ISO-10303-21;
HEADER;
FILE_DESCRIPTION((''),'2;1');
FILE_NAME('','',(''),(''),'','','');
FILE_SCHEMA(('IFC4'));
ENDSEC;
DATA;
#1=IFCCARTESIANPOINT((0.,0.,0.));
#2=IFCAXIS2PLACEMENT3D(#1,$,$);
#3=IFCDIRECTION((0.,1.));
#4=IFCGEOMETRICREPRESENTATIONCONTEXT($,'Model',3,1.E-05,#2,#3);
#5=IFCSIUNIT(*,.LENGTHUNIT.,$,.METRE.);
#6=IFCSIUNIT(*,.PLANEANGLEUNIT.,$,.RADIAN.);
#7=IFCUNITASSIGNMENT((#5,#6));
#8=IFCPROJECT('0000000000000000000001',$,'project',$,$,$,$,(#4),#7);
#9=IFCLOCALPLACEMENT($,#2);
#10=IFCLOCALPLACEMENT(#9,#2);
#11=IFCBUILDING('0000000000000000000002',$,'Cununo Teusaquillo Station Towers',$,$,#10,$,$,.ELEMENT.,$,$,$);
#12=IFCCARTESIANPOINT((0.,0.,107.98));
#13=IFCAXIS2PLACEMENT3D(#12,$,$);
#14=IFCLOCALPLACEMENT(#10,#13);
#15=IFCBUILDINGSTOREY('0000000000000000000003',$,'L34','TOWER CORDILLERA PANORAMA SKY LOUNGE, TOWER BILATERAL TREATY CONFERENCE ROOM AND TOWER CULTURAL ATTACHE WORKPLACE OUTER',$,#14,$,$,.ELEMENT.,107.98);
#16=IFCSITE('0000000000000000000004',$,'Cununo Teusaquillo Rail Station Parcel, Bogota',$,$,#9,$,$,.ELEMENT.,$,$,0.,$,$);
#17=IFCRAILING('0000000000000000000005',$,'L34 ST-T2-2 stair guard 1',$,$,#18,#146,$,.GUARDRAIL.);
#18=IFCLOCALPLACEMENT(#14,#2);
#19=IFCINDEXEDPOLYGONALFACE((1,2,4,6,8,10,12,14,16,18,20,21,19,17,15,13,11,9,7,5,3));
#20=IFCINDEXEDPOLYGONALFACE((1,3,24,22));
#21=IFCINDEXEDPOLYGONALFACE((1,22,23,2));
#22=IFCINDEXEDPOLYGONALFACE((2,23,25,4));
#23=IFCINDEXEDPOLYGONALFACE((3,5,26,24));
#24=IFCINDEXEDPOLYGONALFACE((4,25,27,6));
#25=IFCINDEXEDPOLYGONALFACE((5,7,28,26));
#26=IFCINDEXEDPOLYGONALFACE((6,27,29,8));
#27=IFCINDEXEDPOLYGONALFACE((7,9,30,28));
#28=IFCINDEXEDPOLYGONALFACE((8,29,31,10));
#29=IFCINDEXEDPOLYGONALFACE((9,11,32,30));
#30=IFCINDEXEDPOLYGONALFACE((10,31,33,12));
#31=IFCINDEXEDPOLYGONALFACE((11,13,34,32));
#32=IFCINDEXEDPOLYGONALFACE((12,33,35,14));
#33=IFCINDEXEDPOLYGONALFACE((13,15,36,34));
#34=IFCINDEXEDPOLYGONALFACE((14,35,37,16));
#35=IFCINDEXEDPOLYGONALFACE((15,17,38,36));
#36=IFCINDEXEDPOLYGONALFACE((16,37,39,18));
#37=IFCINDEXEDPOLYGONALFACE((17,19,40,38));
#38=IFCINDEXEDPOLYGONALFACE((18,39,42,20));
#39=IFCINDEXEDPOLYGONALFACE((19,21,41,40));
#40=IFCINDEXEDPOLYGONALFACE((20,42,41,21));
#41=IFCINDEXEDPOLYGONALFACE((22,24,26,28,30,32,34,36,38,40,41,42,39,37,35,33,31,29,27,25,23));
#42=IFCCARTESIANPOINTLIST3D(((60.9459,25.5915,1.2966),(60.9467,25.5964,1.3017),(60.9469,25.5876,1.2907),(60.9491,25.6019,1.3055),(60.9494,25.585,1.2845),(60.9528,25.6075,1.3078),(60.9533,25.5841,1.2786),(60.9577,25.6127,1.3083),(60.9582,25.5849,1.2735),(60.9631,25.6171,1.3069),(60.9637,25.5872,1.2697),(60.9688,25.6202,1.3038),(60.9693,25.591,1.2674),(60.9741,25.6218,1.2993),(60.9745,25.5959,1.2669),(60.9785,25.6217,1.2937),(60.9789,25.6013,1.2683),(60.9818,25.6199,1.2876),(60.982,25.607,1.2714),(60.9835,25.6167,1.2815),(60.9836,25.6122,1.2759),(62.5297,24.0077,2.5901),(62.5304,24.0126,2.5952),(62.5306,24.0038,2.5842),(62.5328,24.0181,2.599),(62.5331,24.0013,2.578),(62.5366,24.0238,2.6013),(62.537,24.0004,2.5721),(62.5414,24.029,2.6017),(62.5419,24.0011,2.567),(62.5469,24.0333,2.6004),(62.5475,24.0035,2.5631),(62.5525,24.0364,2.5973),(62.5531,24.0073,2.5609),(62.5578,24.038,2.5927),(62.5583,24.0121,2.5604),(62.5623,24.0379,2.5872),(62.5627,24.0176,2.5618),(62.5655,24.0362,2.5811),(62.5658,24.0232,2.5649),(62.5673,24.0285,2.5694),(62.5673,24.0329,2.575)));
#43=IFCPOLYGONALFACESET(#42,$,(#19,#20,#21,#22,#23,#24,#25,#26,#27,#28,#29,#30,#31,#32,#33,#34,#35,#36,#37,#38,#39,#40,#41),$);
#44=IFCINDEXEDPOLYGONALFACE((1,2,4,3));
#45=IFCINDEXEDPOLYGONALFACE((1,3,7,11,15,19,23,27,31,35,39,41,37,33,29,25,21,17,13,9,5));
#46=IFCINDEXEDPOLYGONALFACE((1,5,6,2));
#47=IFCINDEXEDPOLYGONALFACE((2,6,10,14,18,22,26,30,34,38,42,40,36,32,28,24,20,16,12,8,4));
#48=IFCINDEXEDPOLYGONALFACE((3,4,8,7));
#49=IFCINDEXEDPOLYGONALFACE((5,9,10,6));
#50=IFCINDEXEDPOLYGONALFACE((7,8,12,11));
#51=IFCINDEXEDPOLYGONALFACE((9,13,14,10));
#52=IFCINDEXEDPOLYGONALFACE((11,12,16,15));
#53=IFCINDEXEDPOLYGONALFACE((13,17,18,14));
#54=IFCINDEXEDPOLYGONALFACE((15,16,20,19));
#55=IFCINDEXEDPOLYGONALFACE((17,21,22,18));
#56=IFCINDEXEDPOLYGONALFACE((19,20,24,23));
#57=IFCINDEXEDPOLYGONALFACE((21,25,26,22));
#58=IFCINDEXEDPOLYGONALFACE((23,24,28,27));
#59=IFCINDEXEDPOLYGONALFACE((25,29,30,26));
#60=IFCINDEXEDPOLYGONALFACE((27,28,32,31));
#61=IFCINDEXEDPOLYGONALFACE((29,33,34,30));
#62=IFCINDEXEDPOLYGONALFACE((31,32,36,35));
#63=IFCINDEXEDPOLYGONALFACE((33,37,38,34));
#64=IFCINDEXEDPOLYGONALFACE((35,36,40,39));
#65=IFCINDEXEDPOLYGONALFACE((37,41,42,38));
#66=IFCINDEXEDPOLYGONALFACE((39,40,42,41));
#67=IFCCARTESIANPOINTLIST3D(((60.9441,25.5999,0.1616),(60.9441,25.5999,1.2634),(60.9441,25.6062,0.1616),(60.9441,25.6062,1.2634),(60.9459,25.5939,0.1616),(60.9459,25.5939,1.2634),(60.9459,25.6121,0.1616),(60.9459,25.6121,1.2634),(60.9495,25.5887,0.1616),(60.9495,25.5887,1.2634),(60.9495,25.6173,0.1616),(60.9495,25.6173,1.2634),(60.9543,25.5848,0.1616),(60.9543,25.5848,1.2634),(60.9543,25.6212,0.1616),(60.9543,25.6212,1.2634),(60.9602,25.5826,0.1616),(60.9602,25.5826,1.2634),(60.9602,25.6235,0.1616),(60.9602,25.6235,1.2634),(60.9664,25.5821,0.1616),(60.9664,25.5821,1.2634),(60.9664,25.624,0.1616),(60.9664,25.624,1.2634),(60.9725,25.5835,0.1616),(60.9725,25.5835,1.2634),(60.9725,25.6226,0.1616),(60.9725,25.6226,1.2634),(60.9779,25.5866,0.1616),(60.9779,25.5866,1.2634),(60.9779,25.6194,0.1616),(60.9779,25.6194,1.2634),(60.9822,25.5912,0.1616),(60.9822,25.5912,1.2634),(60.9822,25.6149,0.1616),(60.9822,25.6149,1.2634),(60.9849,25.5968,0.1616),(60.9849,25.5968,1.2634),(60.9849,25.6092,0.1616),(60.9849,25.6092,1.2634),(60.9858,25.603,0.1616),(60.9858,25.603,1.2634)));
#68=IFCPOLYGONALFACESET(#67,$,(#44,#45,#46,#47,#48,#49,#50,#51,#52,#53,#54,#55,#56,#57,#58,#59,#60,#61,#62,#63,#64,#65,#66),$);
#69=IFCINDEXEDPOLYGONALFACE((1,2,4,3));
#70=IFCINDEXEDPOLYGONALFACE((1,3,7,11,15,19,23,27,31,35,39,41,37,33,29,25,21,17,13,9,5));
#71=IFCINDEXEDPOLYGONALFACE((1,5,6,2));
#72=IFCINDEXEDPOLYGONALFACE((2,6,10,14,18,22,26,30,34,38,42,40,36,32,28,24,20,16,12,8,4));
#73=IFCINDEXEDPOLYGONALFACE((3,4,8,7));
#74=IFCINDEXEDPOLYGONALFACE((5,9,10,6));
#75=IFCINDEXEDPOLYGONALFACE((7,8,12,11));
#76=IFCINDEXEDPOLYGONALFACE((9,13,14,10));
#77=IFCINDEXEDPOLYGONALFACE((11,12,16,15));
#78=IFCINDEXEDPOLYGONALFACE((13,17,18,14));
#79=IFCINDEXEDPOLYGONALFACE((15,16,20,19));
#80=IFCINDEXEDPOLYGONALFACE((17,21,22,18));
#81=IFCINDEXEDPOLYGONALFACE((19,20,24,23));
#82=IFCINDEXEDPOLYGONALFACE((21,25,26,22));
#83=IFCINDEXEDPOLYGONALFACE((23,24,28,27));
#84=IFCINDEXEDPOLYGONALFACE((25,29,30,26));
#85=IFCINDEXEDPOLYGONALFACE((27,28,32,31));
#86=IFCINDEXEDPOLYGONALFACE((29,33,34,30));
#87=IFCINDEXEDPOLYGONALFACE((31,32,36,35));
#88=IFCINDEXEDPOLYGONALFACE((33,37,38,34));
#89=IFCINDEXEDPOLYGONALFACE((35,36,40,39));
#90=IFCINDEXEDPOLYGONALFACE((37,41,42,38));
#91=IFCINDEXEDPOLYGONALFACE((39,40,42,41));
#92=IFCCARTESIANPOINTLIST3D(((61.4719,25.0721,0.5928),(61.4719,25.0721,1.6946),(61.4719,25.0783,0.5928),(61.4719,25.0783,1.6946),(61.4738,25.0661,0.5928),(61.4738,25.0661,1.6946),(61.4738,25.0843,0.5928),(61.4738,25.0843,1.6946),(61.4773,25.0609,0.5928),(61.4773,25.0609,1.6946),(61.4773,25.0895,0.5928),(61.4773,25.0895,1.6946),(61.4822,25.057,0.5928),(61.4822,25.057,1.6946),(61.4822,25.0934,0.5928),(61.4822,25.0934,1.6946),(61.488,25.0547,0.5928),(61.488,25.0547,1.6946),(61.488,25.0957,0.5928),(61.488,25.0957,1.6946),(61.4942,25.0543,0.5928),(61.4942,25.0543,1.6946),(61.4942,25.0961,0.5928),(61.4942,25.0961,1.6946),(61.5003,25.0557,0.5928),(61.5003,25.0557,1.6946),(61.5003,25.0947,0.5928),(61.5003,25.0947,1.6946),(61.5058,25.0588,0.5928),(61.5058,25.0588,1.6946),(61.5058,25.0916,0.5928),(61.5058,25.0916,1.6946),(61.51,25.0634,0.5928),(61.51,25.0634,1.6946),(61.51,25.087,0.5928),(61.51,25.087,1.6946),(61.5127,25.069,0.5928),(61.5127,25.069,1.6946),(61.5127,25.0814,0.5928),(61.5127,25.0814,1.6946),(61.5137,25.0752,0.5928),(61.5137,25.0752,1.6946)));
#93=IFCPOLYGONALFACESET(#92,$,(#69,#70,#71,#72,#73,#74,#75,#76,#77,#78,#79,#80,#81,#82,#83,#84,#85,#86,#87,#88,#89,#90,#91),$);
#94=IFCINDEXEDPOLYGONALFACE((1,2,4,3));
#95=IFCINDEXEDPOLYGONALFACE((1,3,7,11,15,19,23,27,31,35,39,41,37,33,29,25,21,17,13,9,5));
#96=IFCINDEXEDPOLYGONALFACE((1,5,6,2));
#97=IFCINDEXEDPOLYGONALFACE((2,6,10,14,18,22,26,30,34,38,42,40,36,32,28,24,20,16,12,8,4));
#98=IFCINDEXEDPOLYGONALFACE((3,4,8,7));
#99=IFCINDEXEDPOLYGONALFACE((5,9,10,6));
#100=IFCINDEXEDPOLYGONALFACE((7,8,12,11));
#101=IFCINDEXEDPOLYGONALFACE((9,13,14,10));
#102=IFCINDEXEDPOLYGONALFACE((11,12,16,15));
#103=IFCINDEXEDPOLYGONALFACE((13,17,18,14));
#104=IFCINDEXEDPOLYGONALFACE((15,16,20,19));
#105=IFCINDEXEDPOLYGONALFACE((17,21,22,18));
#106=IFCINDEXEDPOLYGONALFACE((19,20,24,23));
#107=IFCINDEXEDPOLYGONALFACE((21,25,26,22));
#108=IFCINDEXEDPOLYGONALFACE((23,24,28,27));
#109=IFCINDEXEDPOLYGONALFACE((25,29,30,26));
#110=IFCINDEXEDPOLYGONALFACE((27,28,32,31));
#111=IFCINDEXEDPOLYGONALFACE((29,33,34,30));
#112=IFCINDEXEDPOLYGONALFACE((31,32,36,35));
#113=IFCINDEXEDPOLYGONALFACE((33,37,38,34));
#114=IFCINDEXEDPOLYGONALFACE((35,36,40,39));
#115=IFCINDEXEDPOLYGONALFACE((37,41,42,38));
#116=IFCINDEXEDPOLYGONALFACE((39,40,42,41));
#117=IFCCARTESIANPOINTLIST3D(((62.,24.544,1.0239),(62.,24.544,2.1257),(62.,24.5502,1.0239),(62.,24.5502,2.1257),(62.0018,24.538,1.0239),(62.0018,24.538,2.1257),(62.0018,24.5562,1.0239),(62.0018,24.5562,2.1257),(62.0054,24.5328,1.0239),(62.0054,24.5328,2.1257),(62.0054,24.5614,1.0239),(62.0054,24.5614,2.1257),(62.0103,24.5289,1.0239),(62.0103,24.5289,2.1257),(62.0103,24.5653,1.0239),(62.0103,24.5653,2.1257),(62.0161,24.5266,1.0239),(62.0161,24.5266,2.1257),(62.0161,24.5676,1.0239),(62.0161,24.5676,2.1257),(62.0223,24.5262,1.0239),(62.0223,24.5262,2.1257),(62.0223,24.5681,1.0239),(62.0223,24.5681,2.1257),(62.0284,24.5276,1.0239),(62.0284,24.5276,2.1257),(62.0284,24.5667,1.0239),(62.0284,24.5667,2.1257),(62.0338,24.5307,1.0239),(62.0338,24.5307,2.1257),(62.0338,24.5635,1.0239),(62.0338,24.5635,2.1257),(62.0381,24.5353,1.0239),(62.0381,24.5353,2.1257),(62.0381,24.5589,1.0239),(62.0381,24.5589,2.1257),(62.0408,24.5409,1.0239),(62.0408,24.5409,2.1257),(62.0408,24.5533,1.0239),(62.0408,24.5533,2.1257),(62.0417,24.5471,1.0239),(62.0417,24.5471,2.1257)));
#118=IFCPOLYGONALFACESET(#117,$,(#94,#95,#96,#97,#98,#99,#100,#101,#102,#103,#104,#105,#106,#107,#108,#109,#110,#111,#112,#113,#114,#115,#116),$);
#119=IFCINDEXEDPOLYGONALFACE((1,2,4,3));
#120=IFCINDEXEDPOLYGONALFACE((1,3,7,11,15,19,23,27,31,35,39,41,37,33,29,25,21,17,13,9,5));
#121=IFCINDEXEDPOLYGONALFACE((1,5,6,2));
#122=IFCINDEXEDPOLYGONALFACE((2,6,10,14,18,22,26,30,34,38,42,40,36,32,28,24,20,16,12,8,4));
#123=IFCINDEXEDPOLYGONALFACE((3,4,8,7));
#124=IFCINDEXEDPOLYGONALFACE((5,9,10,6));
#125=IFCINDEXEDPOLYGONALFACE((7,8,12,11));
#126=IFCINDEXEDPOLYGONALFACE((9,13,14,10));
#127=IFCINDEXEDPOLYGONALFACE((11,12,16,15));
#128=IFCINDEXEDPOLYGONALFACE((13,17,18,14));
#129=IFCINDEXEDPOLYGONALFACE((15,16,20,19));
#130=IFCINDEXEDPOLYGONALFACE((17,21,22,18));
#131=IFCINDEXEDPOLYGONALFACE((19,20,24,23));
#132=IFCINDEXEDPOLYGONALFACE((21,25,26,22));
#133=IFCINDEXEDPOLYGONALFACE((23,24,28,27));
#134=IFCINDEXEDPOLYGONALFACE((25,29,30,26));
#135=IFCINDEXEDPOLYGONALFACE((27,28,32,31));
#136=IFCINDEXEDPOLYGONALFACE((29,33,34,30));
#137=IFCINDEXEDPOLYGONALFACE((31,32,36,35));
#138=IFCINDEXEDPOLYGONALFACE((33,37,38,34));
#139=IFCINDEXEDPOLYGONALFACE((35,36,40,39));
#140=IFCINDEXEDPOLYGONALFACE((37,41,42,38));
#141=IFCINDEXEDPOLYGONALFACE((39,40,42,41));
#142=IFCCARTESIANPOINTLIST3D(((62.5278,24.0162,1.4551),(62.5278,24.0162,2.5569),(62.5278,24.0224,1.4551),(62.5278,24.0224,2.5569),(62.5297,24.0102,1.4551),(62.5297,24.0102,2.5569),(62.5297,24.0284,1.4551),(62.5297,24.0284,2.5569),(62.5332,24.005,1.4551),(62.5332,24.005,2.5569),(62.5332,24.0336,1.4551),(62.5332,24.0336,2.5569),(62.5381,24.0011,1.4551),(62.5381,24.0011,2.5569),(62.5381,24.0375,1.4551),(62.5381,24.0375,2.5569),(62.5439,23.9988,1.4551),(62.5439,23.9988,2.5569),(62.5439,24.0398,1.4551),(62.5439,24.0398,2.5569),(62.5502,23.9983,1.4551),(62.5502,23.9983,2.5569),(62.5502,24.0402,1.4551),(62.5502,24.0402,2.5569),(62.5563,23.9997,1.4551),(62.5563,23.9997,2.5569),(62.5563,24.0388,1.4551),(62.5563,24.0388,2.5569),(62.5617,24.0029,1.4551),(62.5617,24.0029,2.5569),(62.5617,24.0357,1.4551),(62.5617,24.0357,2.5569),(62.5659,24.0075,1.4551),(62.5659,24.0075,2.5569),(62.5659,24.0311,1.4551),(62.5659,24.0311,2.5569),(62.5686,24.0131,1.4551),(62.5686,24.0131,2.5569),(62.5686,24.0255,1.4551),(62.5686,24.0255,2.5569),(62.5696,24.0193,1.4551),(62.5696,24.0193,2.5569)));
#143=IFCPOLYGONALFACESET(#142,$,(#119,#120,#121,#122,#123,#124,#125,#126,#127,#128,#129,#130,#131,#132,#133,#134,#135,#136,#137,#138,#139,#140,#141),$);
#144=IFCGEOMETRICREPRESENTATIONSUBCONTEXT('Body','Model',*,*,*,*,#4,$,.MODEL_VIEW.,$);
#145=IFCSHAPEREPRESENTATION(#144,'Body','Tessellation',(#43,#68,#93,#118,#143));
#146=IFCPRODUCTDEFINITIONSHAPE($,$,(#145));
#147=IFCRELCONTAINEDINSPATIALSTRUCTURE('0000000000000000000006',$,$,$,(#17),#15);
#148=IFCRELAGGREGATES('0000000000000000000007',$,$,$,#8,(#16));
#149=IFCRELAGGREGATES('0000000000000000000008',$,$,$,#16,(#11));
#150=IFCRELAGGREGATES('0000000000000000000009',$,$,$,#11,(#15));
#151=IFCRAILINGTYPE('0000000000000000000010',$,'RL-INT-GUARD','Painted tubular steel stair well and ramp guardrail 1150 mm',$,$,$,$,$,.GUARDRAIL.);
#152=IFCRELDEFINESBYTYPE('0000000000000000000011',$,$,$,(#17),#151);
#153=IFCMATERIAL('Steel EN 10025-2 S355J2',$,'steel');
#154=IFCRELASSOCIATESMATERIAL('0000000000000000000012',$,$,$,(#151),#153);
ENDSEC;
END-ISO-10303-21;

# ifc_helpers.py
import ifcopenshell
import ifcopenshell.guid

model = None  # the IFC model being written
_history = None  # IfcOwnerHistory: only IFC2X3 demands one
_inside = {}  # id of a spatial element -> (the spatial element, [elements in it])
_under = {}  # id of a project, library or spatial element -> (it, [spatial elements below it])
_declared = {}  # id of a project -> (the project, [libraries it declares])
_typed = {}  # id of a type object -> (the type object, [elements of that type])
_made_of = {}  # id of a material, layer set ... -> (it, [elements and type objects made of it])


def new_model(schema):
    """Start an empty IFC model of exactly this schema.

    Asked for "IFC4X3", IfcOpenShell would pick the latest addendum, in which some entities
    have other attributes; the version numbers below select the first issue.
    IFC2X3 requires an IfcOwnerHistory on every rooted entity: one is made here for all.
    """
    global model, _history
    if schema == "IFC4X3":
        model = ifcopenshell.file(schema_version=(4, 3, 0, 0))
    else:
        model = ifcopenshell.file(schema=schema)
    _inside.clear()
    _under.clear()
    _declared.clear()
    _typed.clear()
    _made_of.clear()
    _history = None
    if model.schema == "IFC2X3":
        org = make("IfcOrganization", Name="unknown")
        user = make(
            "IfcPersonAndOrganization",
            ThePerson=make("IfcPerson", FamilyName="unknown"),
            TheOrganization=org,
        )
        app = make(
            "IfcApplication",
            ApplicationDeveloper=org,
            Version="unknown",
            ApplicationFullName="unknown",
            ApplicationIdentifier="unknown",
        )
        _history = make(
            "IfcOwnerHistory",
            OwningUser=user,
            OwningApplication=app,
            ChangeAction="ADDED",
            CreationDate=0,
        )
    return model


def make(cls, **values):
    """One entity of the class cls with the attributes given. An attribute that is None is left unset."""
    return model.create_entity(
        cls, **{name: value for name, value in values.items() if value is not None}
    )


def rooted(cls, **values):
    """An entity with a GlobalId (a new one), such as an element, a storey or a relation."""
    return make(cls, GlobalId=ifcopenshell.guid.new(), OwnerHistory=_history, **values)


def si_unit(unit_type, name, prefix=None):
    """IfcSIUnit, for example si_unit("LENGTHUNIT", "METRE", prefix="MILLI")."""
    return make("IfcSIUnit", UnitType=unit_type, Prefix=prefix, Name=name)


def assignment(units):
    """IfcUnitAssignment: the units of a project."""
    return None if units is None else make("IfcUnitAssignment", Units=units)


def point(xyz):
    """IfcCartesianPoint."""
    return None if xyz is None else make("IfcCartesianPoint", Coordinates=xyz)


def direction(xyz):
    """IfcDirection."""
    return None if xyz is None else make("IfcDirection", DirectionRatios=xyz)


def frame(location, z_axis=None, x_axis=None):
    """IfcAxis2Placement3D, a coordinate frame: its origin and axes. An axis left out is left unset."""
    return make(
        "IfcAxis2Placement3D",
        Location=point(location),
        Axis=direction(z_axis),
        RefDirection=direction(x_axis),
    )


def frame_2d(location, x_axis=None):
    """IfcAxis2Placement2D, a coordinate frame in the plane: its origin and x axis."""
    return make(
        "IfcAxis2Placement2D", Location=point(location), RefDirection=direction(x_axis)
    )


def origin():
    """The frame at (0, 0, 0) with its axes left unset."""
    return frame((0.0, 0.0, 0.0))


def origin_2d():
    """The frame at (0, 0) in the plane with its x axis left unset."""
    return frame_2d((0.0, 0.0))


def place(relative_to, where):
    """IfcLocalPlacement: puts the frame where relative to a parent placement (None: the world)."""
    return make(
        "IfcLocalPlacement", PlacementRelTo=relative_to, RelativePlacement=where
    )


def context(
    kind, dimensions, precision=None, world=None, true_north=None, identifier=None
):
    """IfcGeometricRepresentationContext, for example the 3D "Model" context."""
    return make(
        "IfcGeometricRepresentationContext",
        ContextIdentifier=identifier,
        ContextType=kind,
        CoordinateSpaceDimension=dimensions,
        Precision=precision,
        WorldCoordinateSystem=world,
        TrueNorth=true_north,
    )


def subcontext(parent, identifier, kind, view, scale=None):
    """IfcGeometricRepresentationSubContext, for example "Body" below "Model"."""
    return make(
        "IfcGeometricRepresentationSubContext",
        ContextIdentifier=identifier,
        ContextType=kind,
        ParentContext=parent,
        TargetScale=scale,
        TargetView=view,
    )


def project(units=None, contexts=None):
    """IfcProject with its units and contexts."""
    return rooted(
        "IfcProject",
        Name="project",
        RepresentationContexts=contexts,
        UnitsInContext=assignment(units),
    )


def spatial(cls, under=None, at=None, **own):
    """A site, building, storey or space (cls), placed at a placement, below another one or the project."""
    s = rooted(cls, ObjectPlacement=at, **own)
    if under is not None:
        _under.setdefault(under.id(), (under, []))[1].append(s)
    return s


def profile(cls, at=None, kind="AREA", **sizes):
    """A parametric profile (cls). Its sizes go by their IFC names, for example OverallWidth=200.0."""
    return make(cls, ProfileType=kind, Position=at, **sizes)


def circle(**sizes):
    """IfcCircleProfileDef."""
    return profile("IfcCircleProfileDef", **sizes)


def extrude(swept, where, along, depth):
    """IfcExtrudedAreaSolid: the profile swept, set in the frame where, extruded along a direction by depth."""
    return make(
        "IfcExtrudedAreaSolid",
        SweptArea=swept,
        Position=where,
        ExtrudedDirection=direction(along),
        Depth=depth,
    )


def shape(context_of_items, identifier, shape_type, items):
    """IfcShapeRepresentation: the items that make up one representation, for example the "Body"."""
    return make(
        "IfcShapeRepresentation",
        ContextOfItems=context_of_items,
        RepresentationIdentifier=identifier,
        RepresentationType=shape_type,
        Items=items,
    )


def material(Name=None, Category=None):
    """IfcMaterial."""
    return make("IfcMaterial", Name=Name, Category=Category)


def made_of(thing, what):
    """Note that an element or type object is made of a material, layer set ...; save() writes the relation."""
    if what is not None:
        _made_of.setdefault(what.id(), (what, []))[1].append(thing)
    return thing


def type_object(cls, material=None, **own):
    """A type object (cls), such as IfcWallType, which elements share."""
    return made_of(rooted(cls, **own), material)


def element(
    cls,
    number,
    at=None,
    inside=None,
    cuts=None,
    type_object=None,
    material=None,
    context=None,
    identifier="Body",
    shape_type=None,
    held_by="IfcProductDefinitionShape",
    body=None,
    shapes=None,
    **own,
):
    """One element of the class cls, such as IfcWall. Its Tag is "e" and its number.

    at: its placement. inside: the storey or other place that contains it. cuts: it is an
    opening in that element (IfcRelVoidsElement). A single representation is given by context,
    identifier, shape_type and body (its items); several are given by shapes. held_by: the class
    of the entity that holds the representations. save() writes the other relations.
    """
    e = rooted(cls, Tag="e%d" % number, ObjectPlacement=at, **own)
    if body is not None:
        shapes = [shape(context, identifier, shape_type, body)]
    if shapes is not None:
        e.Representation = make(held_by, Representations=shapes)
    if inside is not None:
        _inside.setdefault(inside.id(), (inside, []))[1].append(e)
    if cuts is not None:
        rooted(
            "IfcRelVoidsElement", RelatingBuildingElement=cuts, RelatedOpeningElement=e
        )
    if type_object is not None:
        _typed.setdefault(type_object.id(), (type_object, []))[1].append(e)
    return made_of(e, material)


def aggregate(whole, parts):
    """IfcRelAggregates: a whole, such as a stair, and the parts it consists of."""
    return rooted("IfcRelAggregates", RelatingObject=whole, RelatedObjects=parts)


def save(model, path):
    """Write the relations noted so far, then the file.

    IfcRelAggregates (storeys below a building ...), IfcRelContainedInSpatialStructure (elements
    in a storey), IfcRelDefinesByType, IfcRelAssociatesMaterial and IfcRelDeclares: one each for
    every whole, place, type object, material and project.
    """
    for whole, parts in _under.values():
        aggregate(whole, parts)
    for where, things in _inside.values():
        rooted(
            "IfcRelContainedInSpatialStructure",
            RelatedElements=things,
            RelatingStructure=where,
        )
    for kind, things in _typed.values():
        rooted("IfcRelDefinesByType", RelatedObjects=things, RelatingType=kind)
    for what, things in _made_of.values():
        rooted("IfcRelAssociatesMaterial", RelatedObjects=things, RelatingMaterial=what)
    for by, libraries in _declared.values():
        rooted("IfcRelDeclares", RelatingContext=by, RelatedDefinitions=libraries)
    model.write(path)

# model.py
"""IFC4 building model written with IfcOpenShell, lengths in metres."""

from ifc_helpers import new_model, si_unit, direction, frame, origin, origin_2d, place, context, subcontext, project, spatial, circle, extrude, material, type_object, element, save


model = new_model("IFC4")

# Units and contexts
model_context = context("Model", 3, precision=1e-05, world=origin(), true_north=direction((0.0, 1.0)))
body_context = subcontext(model_context, "Body", "Model", "MODEL_VIEW")
ifc_project = project(units=[si_unit("LENGTHUNIT", "METRE"), si_unit("PLANEANGLEUNIT", "RADIAN")], contexts=[model_context])

# Site, building, storey
site_placement = place(None, origin())
site = spatial("IfcSite", under=ifc_project, at=site_placement, Name="Cununo Teusaquillo Rail Station Parcel, Bogota", CompositionType="ELEMENT", RefElevation=0.0)
building_placement = place(site_placement, origin())
building = spatial("IfcBuilding", under=site, at=building_placement, Name="Cununo Teusaquillo Station Towers", CompositionType="ELEMENT")
storey_placement = place(building_placement, frame((0.0, 0.0, 107.98)))
storey = spatial("IfcBuildingStorey", under=building, at=storey_placement, Name="L34", Description="TOWER CORDILLERA PANORAMA SKY LOUNGE, TOWER BILATERAL TREATY CONFERENCE ROOM AND TOWER CULTURAL ATTACHE WORKPLACE OUTER", CompositionType="ELEMENT", Elevation=107.98)

# Railing
ifc_material_1 = material(Name="Steel EN 10025-2 S355J2", Category="steel")
railing_type_1 = type_object("IfcRailingType", Name="RL-INT-GUARD", Description="Painted tubular steel stair well and ramp guardrail 1150 mm", PredefinedType="GUARDRAIL", material=ifc_material_1)
railing_1_placement = place(storey_placement, frame((60.9648, 25.603, 0.1616)))
element("IfcRailing", 1, at=railing_1_placement, inside=storey, type_object=railing_type_1, Name="L34 ST-T2-2 stair guard 1", PredefinedType="GUARDRAIL", context=body_context, shape_type="SweptSolid", body=[
    extrude(circle(Radius=0.0239, at=origin_2d()), frame((0.0, 0.0, 1.126), z_axis=(0.612332, -0.612332, 0.500098), x_axis=(0.707107, 0.707107, 0.0)), (0.0, 0.0, 1.0), 2.5864),
    extrude(circle(Radius=0.021, at=origin_2d()), origin(), (0.0, 0.0, 1.0), 1.1018),
    extrude(circle(Radius=0.021, at=origin_2d()), frame((0.5278, -0.5278, 0.4312)), (0.0, 0.0, 1.0), 1.1018),
    extrude(circle(Radius=0.021, at=origin_2d()), frame((1.0559, -1.0559, 0.8623)), (0.0, 0.0, 1.0), 1.1018),
    extrude(circle(Radius=0.021, at=origin_2d()), frame((1.5837, -1.5837, 1.2935)), (0.0, 0.0, 1.0), 1.1018),
])

save(model, "model.ifc")
